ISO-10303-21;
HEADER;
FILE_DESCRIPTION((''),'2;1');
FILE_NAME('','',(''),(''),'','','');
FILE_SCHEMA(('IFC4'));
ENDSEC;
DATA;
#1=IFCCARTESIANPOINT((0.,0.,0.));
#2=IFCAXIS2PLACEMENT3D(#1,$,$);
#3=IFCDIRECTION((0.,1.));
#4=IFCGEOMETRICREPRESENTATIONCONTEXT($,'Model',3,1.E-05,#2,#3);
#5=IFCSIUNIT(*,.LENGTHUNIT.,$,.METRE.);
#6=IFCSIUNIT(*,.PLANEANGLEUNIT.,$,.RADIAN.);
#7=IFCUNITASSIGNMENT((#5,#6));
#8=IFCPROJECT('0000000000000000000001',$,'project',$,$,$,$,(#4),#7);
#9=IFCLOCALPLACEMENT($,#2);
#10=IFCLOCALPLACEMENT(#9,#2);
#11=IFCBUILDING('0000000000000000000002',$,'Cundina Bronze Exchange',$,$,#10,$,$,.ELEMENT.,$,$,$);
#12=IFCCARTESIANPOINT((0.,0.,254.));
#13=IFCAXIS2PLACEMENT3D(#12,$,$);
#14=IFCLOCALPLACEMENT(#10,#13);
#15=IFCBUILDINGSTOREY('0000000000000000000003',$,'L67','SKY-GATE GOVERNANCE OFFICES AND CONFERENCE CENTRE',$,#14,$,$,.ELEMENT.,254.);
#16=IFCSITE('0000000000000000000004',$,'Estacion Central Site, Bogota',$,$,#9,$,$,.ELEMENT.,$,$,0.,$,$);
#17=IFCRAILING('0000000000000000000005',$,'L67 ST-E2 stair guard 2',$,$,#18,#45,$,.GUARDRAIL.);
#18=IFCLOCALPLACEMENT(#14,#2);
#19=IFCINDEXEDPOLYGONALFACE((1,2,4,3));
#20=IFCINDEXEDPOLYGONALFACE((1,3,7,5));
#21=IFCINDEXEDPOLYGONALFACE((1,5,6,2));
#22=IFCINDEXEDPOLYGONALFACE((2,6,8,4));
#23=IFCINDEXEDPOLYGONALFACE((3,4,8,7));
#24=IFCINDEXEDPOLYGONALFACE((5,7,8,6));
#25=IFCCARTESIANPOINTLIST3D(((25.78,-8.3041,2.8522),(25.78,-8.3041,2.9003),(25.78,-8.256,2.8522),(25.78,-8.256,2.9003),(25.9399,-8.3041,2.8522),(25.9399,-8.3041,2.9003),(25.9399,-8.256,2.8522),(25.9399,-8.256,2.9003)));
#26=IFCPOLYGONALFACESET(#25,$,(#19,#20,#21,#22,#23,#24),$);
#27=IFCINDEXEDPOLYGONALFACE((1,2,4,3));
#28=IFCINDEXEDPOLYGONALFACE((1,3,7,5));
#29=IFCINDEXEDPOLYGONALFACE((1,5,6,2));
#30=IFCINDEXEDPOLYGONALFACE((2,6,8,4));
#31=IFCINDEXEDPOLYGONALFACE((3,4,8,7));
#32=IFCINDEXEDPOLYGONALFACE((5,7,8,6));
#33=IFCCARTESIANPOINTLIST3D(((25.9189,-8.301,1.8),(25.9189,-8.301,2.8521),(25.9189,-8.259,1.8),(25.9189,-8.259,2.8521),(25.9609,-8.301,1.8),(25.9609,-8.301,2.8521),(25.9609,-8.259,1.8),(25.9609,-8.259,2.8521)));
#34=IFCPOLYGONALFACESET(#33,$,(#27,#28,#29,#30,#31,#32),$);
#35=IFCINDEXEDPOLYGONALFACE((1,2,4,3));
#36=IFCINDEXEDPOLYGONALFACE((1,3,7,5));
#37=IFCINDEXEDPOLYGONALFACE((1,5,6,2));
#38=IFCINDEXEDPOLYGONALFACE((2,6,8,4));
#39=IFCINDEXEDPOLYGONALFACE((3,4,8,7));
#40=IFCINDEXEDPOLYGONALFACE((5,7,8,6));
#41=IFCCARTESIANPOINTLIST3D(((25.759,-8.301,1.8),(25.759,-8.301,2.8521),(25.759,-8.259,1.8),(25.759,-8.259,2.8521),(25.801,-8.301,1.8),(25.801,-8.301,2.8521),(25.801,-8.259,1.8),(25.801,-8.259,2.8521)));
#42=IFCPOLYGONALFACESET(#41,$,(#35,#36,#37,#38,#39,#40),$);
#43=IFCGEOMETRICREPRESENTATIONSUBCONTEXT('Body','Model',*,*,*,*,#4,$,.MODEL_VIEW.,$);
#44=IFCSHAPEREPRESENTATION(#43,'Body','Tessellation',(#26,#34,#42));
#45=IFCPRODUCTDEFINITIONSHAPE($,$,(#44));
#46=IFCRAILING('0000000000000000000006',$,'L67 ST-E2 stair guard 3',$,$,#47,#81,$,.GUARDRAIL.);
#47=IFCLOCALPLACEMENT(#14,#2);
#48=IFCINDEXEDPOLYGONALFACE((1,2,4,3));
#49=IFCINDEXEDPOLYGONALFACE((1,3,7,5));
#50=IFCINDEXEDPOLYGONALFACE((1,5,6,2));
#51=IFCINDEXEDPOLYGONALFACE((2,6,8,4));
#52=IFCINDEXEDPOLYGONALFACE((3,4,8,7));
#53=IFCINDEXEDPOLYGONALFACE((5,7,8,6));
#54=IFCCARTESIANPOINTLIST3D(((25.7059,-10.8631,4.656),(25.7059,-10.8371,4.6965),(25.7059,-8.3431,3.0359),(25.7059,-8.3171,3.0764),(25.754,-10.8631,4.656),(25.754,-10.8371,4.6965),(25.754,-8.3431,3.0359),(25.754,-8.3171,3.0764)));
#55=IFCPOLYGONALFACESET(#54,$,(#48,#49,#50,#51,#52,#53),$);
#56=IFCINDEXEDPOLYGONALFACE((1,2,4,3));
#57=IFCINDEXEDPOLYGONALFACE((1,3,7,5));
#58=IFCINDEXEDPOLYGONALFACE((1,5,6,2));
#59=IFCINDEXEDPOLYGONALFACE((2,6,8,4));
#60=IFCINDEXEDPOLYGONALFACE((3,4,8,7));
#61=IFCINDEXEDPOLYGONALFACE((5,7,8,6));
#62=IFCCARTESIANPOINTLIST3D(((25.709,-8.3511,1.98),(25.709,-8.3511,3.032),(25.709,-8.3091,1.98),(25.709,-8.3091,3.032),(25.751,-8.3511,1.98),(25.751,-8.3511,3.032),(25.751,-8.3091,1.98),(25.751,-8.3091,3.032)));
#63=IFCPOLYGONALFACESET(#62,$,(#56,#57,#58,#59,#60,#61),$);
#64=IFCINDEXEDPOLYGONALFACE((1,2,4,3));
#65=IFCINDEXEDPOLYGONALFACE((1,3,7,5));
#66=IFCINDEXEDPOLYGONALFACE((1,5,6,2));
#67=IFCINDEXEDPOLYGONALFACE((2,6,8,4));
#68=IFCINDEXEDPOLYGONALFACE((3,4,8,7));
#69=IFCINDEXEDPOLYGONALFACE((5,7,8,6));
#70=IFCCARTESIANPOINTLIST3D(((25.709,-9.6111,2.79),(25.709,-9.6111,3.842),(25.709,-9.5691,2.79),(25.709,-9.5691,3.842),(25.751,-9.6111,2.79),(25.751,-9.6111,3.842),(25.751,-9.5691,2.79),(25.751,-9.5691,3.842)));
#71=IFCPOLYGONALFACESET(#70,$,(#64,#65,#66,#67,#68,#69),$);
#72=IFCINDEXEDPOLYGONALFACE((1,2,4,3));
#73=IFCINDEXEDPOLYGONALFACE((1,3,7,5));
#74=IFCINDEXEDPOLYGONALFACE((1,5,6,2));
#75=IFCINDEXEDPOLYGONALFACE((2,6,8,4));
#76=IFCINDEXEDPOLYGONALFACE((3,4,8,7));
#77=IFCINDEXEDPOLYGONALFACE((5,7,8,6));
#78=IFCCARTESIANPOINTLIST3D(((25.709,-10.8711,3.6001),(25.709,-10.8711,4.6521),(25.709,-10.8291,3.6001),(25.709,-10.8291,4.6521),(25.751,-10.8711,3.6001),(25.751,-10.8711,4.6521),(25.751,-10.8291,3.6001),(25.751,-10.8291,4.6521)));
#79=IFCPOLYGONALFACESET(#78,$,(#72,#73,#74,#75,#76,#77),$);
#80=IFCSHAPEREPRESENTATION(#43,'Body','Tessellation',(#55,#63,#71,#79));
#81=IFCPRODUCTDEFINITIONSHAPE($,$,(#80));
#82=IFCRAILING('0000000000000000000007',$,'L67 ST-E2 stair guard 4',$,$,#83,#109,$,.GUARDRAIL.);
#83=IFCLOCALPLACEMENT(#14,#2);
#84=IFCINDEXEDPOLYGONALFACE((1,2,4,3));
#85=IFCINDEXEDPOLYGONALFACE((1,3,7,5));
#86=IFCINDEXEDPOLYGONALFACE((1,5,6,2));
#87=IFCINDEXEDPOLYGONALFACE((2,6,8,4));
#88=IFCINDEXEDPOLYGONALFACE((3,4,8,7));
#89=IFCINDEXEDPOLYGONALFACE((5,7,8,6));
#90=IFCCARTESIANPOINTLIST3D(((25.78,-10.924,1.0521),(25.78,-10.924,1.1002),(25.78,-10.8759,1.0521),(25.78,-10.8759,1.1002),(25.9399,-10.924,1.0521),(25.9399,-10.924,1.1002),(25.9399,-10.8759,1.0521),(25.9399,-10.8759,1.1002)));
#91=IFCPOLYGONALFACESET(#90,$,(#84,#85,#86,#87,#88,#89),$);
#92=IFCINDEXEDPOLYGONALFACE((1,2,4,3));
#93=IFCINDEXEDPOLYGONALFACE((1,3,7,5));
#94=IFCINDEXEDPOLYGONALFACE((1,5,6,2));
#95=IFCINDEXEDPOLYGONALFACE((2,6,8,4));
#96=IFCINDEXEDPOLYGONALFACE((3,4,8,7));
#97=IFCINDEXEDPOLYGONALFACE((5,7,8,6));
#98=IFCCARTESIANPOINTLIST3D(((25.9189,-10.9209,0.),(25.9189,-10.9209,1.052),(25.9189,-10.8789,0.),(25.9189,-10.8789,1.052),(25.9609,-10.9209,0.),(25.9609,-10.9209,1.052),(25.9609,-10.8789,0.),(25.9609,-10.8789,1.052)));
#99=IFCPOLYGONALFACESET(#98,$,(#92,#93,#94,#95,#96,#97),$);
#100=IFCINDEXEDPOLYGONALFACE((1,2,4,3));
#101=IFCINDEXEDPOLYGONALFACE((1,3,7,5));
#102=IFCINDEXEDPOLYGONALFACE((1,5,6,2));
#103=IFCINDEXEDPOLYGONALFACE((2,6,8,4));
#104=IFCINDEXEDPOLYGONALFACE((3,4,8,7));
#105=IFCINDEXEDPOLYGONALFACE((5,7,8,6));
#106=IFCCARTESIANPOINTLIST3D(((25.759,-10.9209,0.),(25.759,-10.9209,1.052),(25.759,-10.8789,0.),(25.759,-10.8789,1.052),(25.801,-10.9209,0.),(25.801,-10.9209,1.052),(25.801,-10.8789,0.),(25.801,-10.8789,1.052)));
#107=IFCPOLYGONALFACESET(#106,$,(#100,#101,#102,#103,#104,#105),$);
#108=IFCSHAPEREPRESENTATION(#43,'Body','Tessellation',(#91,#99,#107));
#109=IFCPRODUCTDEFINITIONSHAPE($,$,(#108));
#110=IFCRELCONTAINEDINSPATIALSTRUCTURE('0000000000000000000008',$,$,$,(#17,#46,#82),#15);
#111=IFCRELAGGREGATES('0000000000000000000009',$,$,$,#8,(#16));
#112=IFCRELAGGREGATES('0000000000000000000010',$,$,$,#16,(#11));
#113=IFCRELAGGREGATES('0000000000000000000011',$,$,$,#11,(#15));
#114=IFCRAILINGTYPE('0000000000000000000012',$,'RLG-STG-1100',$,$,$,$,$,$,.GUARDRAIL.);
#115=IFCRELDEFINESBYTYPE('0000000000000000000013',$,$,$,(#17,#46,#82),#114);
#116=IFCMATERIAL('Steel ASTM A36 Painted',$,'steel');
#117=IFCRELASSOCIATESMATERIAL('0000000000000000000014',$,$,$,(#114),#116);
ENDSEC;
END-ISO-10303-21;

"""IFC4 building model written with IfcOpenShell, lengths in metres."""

from ifc_helpers import new_model, si_unit, direction, frame, origin, origin_2d, place, context, subcontext, project, spatial, rectangle, extrude, material, type_object, element, save


model = new_model("IFC4")

# Units and contexts
model_context = context("Model", 3, precision=1e-05, world=origin(), true_north=direction((0.0, 1.0)))
body_context = subcontext(model_context, "Body", "Model", "MODEL_VIEW")
ifc_project = project(units=[si_unit("LENGTHUNIT", "METRE"), si_unit("PLANEANGLEUNIT", "RADIAN")], contexts=[model_context])

# Site, building, storey
site_placement = place(None, origin())
site = spatial("IfcSite", under=ifc_project, at=site_placement, Name="Estacion Central Site, Bogota", CompositionType="ELEMENT", RefElevation=0.0)
building_placement = place(site_placement, origin())
building = spatial("IfcBuilding", under=site, at=building_placement, Name="Cundina Bronze Exchange", CompositionType="ELEMENT")
storey_placement = place(building_placement, frame((0.0, 0.0, 254.0)))
storey = spatial("IfcBuildingStorey", under=building, at=storey_placement, Name="L67", Description="SKY-GATE GOVERNANCE OFFICES AND CONFERENCE CENTRE", CompositionType="ELEMENT", Elevation=254.0)

# Shared definitions
ifc_material_1 = material(Name="Steel ASTM A36 Painted", Category="steel")

# Railings
railing_type_1 = type_object("IfcRailingType", Name="RLG-STG-1100", PredefinedType="GUARDRAIL", material=ifc_material_1)
railing_1_placement = place(storey_placement, frame((25.9399, -8.28, 1.8)))
element("IfcRailing", 1, at=railing_1_placement, inside=storey, type_object=railing_type_1, Name="L67 ST-E2 stair guard 2", PredefinedType="GUARDRAIL", context=body_context, shape_type="SweptSolid", body=[
    extrude(rectangle(XDim=0.0481, YDim=0.0481, at=origin_2d()), frame((0.0, 0.0, 1.0762), z_axis=(-1.0, 0.0, 0.0), x_axis=(0.0, -1.0, 0.0)), (0.0, 0.0, 1.0), 0.1599),
    extrude(rectangle(XDim=0.042, YDim=0.042, at=origin_2d()), origin(), (0.0, 0.0, 1.0), 1.052),
    extrude(rectangle(XDim=0.042, YDim=0.042, at=origin_2d()), frame((-0.1599, 0.0, 0.0)), (0.0, 0.0, 1.0), 1.052),
])
railing_2_placement = place(storey_placement, frame((25.73, -8.3301, 1.98)))
element("IfcRailing", 2, at=railing_2_placement, inside=storey, type_object=railing_type_1, Name="L67 ST-E2 stair guard 3", PredefinedType="GUARDRAIL", context=body_context, shape_type="SweptSolid", body=[
    extrude(rectangle(XDim=0.0481, YDim=0.0481, at=origin_2d()), frame((0.0, 0.0, 1.0762), z_axis=(0.0, -0.841163, 0.540782), x_axis=(1.0, 0.0, 0.0)), (0.0, 0.0, 1.0), 2.9958),
    extrude(rectangle(XDim=0.042, YDim=0.042, at=origin_2d()), origin(), (0.0, 0.0, 1.0), 1.052),
    extrude(rectangle(XDim=0.042, YDim=0.042, at=origin_2d()), frame((0.0, -1.26, 0.8101)), (0.0, 0.0, 1.0), 1.052),
    extrude(rectangle(XDim=0.042, YDim=0.042, at=origin_2d()), frame((0.0, -2.52, 1.6201)), (0.0, 0.0, 1.0), 1.052),
])
railing_3_placement = place(storey_placement, frame((25.9399, -10.8999, 0.0)))
element("IfcRailing", 3, at=railing_3_placement, inside=storey, type_object=railing_type_1, Name="L67 ST-E2 stair guard 4", PredefinedType="GUARDRAIL", context=body_context, shape_type="SweptSolid", body=[
    extrude(rectangle(XDim=0.0481, YDim=0.0481, at=origin_2d()), frame((0.0, 0.0, 1.0762), z_axis=(-1.0, 0.0, 0.0), x_axis=(0.0, -1.0, 0.0)), (0.0, 0.0, 1.0), 0.1599),
    extrude(rectangle(XDim=0.042, YDim=0.042, at=origin_2d()), origin(), (0.0, 0.0, 1.0), 1.052),
    extrude(rectangle(XDim=0.042, YDim=0.042, at=origin_2d()), frame((-0.1599, 0.0, 0.0)), (0.0, 0.0, 1.0), 1.052),
])

save(model, "model.ifc")
